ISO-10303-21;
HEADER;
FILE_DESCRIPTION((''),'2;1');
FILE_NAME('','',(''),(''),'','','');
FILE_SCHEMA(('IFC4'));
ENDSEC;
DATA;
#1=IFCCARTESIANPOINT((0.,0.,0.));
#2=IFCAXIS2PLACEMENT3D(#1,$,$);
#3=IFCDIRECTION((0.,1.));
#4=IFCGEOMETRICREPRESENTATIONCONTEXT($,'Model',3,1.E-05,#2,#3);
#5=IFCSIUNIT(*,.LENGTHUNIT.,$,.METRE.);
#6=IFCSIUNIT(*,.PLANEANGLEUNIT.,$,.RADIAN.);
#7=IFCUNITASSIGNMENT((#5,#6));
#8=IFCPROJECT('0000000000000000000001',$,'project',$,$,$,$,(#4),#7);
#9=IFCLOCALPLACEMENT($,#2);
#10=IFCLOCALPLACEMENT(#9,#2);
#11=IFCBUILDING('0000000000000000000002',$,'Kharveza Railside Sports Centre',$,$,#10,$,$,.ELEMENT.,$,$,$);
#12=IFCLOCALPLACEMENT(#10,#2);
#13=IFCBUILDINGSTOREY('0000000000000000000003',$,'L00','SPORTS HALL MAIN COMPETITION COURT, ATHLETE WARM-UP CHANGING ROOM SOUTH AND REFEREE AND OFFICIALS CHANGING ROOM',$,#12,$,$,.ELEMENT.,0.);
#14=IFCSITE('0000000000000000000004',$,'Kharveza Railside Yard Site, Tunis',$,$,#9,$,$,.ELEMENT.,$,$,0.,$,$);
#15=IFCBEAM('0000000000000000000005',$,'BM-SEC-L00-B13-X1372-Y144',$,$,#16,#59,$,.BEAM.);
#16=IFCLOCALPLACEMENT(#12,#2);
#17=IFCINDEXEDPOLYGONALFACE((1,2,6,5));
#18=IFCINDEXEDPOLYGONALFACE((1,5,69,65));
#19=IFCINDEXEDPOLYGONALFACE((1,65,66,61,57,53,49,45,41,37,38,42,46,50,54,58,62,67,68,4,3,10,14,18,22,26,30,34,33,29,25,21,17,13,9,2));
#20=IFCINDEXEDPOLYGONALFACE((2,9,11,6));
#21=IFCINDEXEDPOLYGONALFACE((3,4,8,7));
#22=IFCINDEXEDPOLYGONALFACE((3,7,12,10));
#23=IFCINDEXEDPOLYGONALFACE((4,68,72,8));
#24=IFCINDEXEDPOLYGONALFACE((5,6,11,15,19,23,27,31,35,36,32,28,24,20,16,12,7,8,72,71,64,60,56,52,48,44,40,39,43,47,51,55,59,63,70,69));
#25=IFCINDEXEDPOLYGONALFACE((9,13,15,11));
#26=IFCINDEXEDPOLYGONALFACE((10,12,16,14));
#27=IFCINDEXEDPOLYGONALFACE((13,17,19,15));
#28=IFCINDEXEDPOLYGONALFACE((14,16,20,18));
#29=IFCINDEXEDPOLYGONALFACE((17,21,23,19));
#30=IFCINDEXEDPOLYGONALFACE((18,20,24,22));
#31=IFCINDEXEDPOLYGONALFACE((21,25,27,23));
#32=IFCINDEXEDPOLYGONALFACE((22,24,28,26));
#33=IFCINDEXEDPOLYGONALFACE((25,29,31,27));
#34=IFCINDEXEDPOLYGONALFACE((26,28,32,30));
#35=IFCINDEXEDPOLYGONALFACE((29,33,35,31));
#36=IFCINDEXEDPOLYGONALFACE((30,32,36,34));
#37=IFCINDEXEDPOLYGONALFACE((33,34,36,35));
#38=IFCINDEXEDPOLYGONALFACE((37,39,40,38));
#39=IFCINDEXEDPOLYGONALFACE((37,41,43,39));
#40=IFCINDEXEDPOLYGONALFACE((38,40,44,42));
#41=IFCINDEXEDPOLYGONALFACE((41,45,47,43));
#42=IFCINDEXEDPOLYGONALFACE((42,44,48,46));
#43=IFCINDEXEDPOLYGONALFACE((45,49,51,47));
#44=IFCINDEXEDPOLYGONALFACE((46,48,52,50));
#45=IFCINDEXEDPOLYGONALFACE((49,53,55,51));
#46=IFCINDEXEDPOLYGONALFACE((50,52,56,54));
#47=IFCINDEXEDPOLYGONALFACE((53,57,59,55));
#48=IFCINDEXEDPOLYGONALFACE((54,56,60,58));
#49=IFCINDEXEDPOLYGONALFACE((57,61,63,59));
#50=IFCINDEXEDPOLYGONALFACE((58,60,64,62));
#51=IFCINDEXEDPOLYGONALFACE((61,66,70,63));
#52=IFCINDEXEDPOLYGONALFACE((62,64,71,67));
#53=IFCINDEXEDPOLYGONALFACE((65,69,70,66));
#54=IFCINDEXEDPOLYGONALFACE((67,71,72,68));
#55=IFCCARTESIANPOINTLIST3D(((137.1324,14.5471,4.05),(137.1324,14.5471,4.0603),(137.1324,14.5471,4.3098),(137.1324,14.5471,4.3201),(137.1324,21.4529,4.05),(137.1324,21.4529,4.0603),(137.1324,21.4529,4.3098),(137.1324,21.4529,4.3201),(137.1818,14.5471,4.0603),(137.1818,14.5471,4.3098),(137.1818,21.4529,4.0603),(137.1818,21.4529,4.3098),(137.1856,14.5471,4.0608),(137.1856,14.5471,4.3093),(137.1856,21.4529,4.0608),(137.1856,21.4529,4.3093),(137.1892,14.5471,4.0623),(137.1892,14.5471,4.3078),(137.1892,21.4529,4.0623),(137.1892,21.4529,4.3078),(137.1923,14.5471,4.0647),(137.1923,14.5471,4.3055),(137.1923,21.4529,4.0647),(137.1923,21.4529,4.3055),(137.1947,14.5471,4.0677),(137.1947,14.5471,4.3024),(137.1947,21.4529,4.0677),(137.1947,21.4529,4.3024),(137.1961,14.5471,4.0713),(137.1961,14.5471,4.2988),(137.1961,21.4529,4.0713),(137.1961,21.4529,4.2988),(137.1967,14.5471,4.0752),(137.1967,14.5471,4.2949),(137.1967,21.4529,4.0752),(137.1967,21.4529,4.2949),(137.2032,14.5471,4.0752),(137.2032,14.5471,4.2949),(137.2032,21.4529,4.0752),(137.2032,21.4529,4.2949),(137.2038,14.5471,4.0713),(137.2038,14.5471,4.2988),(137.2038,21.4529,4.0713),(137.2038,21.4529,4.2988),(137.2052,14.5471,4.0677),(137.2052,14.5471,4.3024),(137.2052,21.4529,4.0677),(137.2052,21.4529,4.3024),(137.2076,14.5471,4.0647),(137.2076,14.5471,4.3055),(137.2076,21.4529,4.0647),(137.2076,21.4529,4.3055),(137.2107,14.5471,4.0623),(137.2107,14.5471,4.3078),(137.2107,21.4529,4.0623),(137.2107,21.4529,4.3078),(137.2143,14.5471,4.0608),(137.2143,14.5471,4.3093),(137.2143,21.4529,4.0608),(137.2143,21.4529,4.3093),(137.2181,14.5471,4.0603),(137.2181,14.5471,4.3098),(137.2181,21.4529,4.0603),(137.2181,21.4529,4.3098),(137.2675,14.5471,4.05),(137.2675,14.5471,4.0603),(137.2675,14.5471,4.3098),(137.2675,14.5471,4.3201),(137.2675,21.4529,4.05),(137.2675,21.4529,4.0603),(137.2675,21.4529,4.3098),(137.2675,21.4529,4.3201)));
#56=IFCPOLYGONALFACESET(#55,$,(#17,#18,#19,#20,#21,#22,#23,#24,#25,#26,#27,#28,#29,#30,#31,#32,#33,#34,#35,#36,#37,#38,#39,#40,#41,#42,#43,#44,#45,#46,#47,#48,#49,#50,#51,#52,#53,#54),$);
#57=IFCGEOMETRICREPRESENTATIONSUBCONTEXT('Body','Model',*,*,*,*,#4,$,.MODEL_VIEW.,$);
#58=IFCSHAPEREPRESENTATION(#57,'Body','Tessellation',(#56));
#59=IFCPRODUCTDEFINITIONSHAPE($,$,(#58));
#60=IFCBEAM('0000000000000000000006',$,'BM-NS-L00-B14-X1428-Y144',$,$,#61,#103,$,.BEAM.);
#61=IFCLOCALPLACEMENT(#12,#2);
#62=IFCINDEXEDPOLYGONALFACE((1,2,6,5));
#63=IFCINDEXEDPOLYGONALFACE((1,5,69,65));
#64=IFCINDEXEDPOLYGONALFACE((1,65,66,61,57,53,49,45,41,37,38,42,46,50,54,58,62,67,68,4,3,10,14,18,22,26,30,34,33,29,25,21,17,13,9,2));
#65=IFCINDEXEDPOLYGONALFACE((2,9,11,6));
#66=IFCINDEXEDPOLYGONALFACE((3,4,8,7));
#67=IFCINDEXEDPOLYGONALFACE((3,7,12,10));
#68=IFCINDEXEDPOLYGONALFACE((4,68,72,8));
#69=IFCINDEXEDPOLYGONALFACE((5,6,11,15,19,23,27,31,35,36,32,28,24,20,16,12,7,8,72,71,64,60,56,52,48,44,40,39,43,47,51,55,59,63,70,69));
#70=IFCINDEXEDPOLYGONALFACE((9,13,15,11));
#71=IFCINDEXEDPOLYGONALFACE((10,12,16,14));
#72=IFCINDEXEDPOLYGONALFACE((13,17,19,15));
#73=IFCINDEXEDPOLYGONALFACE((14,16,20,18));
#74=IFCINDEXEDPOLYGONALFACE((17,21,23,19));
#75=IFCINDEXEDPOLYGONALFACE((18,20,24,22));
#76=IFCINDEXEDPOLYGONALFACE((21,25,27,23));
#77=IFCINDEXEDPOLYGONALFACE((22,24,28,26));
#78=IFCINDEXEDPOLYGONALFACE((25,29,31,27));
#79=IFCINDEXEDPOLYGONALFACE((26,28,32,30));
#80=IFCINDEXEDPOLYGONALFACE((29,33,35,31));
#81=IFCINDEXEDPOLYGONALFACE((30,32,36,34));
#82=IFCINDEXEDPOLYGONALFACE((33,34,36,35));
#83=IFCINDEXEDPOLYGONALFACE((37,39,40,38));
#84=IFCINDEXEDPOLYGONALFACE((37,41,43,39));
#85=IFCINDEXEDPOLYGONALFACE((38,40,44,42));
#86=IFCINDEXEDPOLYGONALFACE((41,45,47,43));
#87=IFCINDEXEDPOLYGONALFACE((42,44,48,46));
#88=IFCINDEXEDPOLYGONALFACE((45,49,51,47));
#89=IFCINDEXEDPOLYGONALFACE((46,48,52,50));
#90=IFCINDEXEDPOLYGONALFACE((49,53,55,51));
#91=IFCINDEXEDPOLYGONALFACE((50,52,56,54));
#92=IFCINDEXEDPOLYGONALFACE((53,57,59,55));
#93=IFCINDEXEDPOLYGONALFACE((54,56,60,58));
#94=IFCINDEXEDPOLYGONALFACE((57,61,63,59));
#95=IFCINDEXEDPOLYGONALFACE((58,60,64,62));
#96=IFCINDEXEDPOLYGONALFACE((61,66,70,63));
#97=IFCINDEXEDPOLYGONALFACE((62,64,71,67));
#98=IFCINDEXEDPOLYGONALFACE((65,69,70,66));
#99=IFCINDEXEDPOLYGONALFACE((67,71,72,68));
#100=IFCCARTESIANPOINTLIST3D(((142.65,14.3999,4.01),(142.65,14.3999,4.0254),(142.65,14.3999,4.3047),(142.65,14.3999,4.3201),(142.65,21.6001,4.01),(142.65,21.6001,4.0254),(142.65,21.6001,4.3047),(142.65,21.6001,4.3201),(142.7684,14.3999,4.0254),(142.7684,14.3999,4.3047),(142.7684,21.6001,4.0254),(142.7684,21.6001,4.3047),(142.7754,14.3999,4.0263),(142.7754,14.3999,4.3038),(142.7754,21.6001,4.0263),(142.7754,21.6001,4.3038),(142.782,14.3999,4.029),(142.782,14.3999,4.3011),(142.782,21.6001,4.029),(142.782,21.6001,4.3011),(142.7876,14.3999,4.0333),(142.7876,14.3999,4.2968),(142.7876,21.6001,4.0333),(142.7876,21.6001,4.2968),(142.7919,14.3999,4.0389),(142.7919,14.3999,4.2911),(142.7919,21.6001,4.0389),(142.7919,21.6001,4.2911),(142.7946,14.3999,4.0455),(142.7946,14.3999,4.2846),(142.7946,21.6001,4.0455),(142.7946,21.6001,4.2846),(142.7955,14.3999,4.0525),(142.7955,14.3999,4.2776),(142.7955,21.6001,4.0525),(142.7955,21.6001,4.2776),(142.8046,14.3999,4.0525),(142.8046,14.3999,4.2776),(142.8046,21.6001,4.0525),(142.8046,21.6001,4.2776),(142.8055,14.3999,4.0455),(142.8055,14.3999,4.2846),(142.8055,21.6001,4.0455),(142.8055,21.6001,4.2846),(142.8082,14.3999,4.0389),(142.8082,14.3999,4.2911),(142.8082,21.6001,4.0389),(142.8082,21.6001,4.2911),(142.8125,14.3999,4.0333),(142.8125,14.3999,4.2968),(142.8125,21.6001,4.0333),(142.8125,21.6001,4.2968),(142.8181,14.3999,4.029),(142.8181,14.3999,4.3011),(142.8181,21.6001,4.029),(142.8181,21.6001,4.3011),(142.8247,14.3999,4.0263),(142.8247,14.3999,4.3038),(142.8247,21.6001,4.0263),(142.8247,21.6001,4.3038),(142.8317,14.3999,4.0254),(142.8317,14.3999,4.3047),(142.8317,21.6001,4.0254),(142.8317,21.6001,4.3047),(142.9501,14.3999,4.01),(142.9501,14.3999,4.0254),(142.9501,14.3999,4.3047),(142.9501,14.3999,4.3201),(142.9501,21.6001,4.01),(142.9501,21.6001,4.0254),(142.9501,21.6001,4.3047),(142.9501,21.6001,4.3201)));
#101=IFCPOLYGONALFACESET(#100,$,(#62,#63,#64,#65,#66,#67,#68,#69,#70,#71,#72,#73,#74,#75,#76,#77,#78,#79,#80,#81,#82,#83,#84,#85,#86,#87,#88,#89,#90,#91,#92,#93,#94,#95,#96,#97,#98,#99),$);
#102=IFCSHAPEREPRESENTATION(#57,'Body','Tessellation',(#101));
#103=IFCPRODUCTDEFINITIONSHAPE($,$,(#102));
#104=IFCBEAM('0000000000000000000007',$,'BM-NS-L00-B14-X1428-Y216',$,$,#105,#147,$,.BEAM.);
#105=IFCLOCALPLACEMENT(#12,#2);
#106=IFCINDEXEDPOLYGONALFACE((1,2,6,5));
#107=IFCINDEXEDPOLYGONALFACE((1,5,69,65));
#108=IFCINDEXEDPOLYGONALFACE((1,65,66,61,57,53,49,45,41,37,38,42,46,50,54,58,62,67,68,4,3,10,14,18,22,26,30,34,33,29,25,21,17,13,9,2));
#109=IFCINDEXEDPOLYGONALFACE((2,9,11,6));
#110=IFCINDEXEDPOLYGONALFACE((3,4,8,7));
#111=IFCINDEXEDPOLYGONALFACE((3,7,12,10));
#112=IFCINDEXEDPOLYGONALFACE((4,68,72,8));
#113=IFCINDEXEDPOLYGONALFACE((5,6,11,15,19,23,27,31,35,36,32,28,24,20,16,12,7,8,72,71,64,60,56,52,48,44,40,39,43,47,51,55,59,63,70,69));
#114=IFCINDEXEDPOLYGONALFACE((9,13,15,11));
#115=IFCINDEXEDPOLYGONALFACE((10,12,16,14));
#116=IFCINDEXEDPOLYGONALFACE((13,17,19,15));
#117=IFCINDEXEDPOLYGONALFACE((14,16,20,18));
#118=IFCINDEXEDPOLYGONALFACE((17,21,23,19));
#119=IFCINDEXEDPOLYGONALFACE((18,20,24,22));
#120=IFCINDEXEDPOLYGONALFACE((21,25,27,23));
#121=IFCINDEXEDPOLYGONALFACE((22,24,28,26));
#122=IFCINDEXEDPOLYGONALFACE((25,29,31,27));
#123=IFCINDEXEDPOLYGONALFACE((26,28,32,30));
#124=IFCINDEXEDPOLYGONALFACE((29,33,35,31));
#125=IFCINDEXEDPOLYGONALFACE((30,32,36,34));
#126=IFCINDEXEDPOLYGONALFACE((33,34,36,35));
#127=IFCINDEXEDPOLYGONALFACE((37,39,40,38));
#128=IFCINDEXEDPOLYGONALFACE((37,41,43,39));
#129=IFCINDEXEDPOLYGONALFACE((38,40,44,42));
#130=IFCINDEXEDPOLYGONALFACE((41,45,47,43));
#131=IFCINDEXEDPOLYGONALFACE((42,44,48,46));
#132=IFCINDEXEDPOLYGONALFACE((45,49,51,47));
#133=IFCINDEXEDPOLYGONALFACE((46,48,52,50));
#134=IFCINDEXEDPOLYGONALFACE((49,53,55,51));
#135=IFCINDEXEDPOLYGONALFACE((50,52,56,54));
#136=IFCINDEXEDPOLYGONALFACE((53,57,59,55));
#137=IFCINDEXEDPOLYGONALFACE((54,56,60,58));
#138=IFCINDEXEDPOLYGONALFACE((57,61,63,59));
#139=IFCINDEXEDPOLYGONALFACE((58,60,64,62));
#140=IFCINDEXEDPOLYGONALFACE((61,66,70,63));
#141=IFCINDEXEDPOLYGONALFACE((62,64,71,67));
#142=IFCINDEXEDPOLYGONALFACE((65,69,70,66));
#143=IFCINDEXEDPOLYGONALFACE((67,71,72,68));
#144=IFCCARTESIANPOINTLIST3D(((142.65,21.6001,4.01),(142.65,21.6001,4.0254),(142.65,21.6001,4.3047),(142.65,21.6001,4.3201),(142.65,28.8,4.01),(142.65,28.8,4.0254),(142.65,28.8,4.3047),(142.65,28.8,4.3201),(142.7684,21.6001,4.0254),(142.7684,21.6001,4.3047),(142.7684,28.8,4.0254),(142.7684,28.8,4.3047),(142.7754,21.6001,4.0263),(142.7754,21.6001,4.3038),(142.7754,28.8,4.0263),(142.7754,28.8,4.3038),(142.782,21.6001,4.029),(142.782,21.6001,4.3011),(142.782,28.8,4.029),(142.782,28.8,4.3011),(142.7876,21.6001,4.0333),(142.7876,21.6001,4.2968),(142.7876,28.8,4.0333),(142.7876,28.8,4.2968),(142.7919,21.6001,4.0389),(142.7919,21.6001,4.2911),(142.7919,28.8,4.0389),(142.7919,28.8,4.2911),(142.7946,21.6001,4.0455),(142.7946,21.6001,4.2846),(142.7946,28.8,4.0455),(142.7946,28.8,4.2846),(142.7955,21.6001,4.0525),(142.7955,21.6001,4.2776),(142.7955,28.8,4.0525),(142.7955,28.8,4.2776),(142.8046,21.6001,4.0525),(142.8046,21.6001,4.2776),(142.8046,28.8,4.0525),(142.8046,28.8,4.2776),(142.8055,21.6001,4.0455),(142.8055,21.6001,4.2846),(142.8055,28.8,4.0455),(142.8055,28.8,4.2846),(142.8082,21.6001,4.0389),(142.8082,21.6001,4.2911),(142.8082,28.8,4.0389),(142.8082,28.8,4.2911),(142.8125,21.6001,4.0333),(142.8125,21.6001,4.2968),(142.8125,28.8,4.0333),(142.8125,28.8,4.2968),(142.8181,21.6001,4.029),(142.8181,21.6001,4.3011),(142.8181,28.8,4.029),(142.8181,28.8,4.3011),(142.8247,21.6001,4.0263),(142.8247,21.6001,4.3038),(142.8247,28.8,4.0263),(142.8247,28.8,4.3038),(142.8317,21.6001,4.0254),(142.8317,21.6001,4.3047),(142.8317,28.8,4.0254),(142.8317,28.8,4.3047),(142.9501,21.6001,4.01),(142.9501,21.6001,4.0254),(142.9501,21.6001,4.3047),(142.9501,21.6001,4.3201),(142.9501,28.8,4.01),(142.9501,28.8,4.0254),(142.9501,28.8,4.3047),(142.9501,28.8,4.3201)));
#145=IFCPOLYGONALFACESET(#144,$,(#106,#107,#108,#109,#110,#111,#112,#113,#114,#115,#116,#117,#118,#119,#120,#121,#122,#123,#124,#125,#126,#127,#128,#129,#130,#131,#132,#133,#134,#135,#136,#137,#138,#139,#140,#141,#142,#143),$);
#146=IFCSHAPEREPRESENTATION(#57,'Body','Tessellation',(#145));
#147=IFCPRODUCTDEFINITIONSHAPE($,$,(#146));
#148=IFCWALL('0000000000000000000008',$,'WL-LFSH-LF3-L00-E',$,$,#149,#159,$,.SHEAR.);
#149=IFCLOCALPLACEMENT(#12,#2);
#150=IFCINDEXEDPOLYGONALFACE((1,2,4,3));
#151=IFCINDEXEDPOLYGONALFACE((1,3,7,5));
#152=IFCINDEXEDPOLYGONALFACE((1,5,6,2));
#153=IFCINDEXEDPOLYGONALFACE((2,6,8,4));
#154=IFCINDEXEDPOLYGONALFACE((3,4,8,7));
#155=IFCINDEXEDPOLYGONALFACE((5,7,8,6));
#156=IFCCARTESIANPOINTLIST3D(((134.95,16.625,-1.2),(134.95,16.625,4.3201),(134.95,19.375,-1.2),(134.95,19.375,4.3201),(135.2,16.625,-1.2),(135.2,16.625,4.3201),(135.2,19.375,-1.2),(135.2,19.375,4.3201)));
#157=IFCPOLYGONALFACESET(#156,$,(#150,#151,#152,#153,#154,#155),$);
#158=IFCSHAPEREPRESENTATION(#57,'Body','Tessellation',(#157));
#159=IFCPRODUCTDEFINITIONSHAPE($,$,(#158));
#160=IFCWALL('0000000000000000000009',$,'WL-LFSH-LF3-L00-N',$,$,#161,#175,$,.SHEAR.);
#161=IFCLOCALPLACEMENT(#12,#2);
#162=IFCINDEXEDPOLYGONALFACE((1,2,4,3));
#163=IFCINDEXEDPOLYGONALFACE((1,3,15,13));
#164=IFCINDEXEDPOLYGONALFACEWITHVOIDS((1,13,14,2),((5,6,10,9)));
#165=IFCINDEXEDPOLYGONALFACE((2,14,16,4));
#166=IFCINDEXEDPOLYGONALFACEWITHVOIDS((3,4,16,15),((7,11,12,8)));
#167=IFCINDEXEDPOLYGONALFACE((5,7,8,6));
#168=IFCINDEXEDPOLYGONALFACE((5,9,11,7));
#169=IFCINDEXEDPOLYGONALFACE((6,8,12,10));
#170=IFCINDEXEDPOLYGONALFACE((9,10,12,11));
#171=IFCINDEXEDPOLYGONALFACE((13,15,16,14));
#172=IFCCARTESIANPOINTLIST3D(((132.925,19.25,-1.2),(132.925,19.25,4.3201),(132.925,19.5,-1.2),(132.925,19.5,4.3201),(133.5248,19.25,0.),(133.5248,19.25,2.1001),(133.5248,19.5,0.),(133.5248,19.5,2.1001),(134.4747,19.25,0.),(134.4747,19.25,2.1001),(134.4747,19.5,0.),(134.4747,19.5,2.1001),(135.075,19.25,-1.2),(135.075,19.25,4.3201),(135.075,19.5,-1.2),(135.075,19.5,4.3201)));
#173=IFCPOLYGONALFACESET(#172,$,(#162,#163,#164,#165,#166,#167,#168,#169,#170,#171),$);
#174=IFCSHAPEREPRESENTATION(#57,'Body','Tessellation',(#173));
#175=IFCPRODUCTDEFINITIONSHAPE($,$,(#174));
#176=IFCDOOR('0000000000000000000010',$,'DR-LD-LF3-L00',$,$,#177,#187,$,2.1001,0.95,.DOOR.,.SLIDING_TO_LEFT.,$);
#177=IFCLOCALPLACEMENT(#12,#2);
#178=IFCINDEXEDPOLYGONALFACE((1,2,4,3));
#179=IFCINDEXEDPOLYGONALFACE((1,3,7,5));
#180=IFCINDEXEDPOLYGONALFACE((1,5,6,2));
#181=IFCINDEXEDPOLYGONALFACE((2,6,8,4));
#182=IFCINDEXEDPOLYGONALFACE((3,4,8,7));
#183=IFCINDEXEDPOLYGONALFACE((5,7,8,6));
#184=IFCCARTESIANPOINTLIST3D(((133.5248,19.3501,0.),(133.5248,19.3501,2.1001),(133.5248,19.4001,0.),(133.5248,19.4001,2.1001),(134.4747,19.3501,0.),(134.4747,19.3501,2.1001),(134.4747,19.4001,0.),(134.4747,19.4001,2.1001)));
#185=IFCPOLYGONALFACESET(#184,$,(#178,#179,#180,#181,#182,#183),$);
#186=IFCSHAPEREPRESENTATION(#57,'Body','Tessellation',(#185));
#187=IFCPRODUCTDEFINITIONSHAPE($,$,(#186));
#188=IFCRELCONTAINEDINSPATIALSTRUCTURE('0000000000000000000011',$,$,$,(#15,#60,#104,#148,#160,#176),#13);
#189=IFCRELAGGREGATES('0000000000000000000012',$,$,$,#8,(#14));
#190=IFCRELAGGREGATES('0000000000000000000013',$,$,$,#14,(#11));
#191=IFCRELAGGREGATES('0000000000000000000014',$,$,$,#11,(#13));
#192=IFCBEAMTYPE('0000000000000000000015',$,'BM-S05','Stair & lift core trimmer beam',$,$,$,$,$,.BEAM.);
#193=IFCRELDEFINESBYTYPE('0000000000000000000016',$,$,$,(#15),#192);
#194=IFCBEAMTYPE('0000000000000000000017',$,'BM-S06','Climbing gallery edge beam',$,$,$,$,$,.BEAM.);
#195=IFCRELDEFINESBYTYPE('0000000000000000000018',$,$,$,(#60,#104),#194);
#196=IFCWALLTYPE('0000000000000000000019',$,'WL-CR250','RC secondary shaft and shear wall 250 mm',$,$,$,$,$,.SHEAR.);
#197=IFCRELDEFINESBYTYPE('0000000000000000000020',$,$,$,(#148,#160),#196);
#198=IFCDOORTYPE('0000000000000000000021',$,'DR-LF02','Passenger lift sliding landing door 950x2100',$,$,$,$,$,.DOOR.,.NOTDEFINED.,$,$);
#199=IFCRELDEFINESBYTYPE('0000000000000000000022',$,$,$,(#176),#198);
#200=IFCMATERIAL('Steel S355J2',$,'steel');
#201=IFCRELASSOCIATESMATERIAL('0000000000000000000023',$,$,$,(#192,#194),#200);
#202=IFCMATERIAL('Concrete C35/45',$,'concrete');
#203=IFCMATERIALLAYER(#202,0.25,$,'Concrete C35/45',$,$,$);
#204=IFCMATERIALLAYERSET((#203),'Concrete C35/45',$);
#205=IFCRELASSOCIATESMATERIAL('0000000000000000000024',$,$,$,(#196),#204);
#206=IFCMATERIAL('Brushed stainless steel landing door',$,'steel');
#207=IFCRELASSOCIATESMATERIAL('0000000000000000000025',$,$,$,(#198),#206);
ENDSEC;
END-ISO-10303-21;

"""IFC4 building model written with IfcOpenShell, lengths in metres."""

from ifc_helpers import new_model, si_unit, direction, frame, frame_2d, origin, origin_2d, place, context, subcontext, project, spatial, rectangle, i_section, extrude, material, layer, layer_set, material_profile, profile_set, type_object, element, fill, save


model = new_model("IFC4")

# Units and contexts
model_context = context("Model", 3, precision=1e-05, world=origin(), true_north=direction((0.0, 1.0)))
body_context = subcontext(model_context, "Body", "Model", "MODEL_VIEW")
ifc_project = project(units=[si_unit("LENGTHUNIT", "METRE"), si_unit("PLANEANGLEUNIT", "RADIAN")], contexts=[model_context])

# Site, building, storey
site_placement = place(None, origin())
site = spatial("IfcSite", under=ifc_project, at=site_placement, Name="Kharveza Railside Yard Site, Tunis", CompositionType="ELEMENT", RefElevation=0.0)
building_placement = place(site_placement, origin())
building = spatial("IfcBuilding", under=site, at=building_placement, Name="Kharveza Railside Sports Centre", CompositionType="ELEMENT")
storey_placement = place(building_placement, origin())
storey = spatial("IfcBuildingStorey", under=building, at=storey_placement, Name="L00", Description="SPORTS HALL MAIN COMPETITION COURT, ATHLETE WARM-UP CHANGING ROOM SOUTH AND REFEREE AND OFFICIALS CHANGING ROOM", CompositionType="ELEMENT", Elevation=0.0)

# Shared definitions
ifc_material_1 = material(Name="Concrete C35/45", Category="concrete")

# Shared definitions
ifc_material_2 = material(Name="Steel S355J2", Category="steel")

# Beams
ifc_material_profile_1 = material_profile(ifc_material_2, i_section(OverallWidth=0.135, OverallDepth=0.27, WebThickness=0.0066, FlangeThickness=0.0103, FilletRadius=0.0149, at=origin_2d()), Name="IPE 270")
ifc_profile_set_1 = profile_set([ifc_material_profile_1], Name="Steel S355J2")
beam_type_1 = type_object("IfcBeamType", Name="BM-S05", Description="Stair & lift core trimmer beam", PredefinedType="BEAM", material=ifc_profile_set_1)
beam_1_placement = place(storey_placement, frame((137.2, 14.5471, 4.1851), z_axis=(0.0, 1.0, 0.0), x_axis=(-1.0, 0.0, 0.0)))
element("IfcBeam", 1, at=beam_1_placement, inside=storey, type_object=beam_type_1, Name="BM-SEC-L00-B13-X1372-Y144", PredefinedType="BEAM", context=body_context, shape_type="SweptSolid", body=[
    extrude(i_section(OverallWidth=0.135, OverallDepth=0.27, WebThickness=0.0066, FlangeThickness=0.0103, FilletRadius=0.0149, at=origin_2d()), origin(), (0.0, 0.0, 1.0), 6.9058),
])
ifc_material_profile_2 = material_profile(ifc_material_2, i_section(OverallWidth=0.3, OverallDepth=0.3101, WebThickness=0.009, FlangeThickness=0.0154, FilletRadius=0.0271, at=origin_2d()), Name="HEA 320")
ifc_profile_set_2 = profile_set([ifc_material_profile_2], Name="Steel S355J2")
beam_type_2 = type_object("IfcBeamType", Name="BM-S06", Description="Climbing gallery edge beam", PredefinedType="BEAM", material=ifc_profile_set_2)
beam_2_placement = place(storey_placement, frame((142.8, 14.3999, 4.165), z_axis=(0.0, 1.0, 0.0), x_axis=(-1.0, 0.0, 0.0)))
element("IfcBeam", 2, at=beam_2_placement, inside=storey, type_object=beam_type_2, Name="BM-NS-L00-B14-X1428-Y144", PredefinedType="BEAM", context=body_context, shape_type="SweptSolid", body=[
    extrude(i_section(OverallWidth=0.3, OverallDepth=0.3101, WebThickness=0.009, FlangeThickness=0.0154, FilletRadius=0.0271, at=origin_2d()), origin(), (0.0, 0.0, 1.0), 7.2002),
])
beam_3_placement = place(storey_placement, frame((142.8, 21.6001, 4.165), z_axis=(0.0, 1.0, 0.0), x_axis=(-1.0, 0.0, 0.0)))
element("IfcBeam", 3, at=beam_3_placement, inside=storey, type_object=beam_type_2, Name="BM-NS-L00-B14-X1428-Y216", PredefinedType="BEAM", context=body_context, shape_type="SweptSolid", body=[
    extrude(i_section(OverallWidth=0.3, OverallDepth=0.3101, WebThickness=0.009, FlangeThickness=0.0154, FilletRadius=0.0271, at=origin_2d()), origin(), (0.0, 0.0, 1.0), 7.2),
])

# Wall
ifc_layer_1 = layer(ifc_material_1, 0.25, Name="Concrete C35/45")
ifc_layer_set_1 = layer_set([ifc_layer_1], Name="Concrete C35/45")
wall_type_1 = type_object("IfcWallType", Name="WL-CR250", Description="RC secondary shaft and shear wall 250 mm", PredefinedType="SHEAR", material=ifc_layer_set_1)
wall_1_placement = place(storey_placement, frame((135.075, 16.625, -1.2), z_axis=(0.0, 0.0, 1.0), x_axis=(0.0, 1.0, 0.0)))
element("IfcWall", 4, at=wall_1_placement, inside=storey, type_object=wall_type_1, Name="WL-LFSH-LF3-L00-E", PredefinedType="SHEAR", context=body_context, shape_type="SweptSolid", body=[
    extrude(rectangle(XDim=2.75, YDim=0.25, at=frame_2d((1.375, 0.0))), origin(), (0.0, 0.0, 1.0), 5.52),
])

# Wall, opening, door
wall_2_placement = place(storey_placement, frame((135.075, 19.375, -1.2), z_axis=(0.0, 0.0, 1.0), x_axis=(-1.0, 0.0, 0.0)))
wall_2 = element("IfcWall", 5, at=wall_2_placement, inside=storey, type_object=wall_type_1, Name="WL-LFSH-LF3-L00-N", PredefinedType="SHEAR", context=body_context, shape_type="SweptSolid", body=[
    extrude(rectangle(XDim=2.1499, YDim=0.25, at=frame_2d((1.075, 0.0))), origin(), (0.0, 0.0, 1.0), 5.52),
])
opening_1_placement = place(wall_2_placement, frame((0.6001, 0.0, 1.2)))
opening_1 = element("IfcOpeningElement", 6, at=opening_1_placement, cuts=wall_2, PredefinedType="OPENING", context=body_context, shape_type="SweptSolid", body=[
    extrude(rectangle(XDim=0.95, YDim=2.1001, at=frame_2d((0.4751, 1.05))), frame((0.0, 0.1499, 0.0), z_axis=(0.0, -1.0, 0.0), x_axis=(1.0, 0.0, 0.0)), (0.0, 0.0, 1.0), 0.2998),
])
ifc_material_3 = material(Name="Brushed stainless steel landing door", Category="steel")
door_type_1 = type_object("IfcDoorType", Name="DR-LF02", Description="Passenger lift sliding landing door 950x2100", OperationType="NOTDEFINED", PredefinedType="DOOR", material=ifc_material_3)
door_1_placement = place(opening_1_placement, origin())
door_1 = element("IfcDoor", 7, at=door_1_placement, inside=storey, type_object=door_type_1, Name="DR-LD-LF3-L00", OperationType="SLIDING_TO_LEFT", OverallHeight=2.1001, OverallWidth=0.95, PredefinedType="DOOR", context=body_context, shape_type="SweptSolid", body=[
    extrude(rectangle(XDim=0.95, YDim=2.1001, at=frame_2d((0.4751, 1.05))), frame((0.0, 0.0249, 0.0), z_axis=(0.0, -1.0, 0.0), x_axis=(1.0, 0.0, 0.0)), (0.0, 0.0, 1.0), 0.05),
])
fill(opening_1, door_1)

save(model, "model.ifc")
